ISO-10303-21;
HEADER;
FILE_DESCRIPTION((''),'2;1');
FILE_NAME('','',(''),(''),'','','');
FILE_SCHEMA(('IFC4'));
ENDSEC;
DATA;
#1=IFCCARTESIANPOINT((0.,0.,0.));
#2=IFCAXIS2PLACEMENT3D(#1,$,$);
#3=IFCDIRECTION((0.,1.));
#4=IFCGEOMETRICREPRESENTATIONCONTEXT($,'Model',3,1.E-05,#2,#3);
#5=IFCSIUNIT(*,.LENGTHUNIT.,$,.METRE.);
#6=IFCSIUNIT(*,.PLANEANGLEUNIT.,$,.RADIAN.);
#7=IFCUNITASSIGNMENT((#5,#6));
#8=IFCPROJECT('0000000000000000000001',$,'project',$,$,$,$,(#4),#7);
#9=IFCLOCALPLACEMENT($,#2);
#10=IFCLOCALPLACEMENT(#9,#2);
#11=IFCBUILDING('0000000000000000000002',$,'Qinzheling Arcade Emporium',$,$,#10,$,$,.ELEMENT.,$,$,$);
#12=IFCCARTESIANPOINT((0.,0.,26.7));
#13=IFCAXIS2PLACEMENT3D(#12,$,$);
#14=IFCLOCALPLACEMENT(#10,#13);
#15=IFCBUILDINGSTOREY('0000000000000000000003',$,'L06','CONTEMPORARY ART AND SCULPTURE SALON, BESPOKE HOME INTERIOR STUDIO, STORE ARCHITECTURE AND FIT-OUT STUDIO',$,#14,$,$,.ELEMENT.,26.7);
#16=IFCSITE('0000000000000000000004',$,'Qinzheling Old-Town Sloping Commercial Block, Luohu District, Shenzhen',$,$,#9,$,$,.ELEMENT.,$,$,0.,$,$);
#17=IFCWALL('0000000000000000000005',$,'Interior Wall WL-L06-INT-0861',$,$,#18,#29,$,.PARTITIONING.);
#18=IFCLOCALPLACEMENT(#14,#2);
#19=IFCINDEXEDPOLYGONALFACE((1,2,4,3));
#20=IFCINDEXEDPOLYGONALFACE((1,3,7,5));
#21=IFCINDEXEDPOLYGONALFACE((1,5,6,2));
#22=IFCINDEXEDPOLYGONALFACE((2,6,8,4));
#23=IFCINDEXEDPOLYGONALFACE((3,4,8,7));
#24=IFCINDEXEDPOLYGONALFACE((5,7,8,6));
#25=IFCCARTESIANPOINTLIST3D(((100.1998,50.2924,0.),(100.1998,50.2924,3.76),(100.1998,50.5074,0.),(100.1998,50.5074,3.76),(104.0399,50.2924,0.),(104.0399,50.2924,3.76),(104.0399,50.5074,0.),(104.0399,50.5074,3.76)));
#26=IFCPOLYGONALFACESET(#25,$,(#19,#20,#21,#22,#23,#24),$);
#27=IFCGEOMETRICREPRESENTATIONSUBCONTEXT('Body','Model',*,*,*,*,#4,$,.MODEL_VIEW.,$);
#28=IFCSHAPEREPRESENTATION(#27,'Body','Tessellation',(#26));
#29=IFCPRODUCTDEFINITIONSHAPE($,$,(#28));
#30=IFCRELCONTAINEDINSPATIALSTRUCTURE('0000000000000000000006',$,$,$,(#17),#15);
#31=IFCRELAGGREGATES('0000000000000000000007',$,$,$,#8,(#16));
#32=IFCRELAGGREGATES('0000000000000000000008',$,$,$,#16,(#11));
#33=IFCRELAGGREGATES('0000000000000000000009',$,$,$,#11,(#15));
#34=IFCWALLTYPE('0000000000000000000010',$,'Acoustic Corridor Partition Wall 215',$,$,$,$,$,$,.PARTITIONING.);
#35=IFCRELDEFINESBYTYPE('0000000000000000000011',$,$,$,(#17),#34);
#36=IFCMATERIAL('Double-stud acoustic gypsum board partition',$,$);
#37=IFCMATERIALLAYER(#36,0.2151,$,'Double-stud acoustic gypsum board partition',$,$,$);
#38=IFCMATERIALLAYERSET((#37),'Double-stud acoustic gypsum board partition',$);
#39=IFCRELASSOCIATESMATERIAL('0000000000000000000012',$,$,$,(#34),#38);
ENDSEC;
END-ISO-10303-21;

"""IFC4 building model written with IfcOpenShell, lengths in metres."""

from ifc_helpers import new_model, si_unit, direction, frame, frame_2d, origin, place, context, subcontext, project, spatial, rectangle, extrude, material, layer, layer_set, type_object, element, save


model = new_model("IFC4")

# Units and contexts
model_context = context("Model", 3, precision=1e-05, world=origin(), true_north=direction((0.0, 1.0)))
body_context = subcontext(model_context, "Body", "Model", "MODEL_VIEW")
ifc_project = project(units=[si_unit("LENGTHUNIT", "METRE"), si_unit("PLANEANGLEUNIT", "RADIAN")], contexts=[model_context])

# Site, building, storey
site_placement = place(None, origin())
site = spatial("IfcSite", under=ifc_project, at=site_placement, Name="Qinzheling Old-Town Sloping Commercial Block, Luohu District, Shenzhen", CompositionType="ELEMENT", RefElevation=0.0)
building_placement = place(site_placement, origin())
building = spatial("IfcBuilding", under=site, at=building_placement, Name="Qinzheling Arcade Emporium", CompositionType="ELEMENT")
storey_placement = place(building_placement, frame((0.0, 0.0, 26.7)))
storey = spatial("IfcBuildingStorey", under=building, at=storey_placement, Name="L06", Description="CONTEMPORARY ART AND SCULPTURE SALON, BESPOKE HOME INTERIOR STUDIO, STORE ARCHITECTURE AND FIT-OUT STUDIO", CompositionType="ELEMENT", Elevation=26.7)

# Wall
ifc_material_1 = material(Name="Double-stud acoustic gypsum board partition")
ifc_layer_1 = layer(ifc_material_1, 0.2151, Name="Double-stud acoustic gypsum board partition")
ifc_layer_set_1 = layer_set([ifc_layer_1], Name="Double-stud acoustic gypsum board partition")
wall_type = type_object("IfcWallType", Name="Acoustic Corridor Partition Wall 215", PredefinedType="PARTITIONING", material=ifc_layer_set_1)
wall_placement = place(storey_placement, frame((100.2, 50.3999, 0.0), z_axis=(0.0, 0.0, 1.0), x_axis=(1.0, 0.0, 0.0)))
element("IfcWall", 1, at=wall_placement, inside=storey, type_object=wall_type, Name="Interior Wall WL-L06-INT-0861", PredefinedType="PARTITIONING", context=body_context, shape_type="SweptSolid", body=[
    extrude(rectangle(XDim=3.8401, YDim=0.2151, at=frame_2d((1.9199, 0.0))), origin(), (0.0, 0.0, 1.0), 3.76),
])

save(model, "model.ifc")
